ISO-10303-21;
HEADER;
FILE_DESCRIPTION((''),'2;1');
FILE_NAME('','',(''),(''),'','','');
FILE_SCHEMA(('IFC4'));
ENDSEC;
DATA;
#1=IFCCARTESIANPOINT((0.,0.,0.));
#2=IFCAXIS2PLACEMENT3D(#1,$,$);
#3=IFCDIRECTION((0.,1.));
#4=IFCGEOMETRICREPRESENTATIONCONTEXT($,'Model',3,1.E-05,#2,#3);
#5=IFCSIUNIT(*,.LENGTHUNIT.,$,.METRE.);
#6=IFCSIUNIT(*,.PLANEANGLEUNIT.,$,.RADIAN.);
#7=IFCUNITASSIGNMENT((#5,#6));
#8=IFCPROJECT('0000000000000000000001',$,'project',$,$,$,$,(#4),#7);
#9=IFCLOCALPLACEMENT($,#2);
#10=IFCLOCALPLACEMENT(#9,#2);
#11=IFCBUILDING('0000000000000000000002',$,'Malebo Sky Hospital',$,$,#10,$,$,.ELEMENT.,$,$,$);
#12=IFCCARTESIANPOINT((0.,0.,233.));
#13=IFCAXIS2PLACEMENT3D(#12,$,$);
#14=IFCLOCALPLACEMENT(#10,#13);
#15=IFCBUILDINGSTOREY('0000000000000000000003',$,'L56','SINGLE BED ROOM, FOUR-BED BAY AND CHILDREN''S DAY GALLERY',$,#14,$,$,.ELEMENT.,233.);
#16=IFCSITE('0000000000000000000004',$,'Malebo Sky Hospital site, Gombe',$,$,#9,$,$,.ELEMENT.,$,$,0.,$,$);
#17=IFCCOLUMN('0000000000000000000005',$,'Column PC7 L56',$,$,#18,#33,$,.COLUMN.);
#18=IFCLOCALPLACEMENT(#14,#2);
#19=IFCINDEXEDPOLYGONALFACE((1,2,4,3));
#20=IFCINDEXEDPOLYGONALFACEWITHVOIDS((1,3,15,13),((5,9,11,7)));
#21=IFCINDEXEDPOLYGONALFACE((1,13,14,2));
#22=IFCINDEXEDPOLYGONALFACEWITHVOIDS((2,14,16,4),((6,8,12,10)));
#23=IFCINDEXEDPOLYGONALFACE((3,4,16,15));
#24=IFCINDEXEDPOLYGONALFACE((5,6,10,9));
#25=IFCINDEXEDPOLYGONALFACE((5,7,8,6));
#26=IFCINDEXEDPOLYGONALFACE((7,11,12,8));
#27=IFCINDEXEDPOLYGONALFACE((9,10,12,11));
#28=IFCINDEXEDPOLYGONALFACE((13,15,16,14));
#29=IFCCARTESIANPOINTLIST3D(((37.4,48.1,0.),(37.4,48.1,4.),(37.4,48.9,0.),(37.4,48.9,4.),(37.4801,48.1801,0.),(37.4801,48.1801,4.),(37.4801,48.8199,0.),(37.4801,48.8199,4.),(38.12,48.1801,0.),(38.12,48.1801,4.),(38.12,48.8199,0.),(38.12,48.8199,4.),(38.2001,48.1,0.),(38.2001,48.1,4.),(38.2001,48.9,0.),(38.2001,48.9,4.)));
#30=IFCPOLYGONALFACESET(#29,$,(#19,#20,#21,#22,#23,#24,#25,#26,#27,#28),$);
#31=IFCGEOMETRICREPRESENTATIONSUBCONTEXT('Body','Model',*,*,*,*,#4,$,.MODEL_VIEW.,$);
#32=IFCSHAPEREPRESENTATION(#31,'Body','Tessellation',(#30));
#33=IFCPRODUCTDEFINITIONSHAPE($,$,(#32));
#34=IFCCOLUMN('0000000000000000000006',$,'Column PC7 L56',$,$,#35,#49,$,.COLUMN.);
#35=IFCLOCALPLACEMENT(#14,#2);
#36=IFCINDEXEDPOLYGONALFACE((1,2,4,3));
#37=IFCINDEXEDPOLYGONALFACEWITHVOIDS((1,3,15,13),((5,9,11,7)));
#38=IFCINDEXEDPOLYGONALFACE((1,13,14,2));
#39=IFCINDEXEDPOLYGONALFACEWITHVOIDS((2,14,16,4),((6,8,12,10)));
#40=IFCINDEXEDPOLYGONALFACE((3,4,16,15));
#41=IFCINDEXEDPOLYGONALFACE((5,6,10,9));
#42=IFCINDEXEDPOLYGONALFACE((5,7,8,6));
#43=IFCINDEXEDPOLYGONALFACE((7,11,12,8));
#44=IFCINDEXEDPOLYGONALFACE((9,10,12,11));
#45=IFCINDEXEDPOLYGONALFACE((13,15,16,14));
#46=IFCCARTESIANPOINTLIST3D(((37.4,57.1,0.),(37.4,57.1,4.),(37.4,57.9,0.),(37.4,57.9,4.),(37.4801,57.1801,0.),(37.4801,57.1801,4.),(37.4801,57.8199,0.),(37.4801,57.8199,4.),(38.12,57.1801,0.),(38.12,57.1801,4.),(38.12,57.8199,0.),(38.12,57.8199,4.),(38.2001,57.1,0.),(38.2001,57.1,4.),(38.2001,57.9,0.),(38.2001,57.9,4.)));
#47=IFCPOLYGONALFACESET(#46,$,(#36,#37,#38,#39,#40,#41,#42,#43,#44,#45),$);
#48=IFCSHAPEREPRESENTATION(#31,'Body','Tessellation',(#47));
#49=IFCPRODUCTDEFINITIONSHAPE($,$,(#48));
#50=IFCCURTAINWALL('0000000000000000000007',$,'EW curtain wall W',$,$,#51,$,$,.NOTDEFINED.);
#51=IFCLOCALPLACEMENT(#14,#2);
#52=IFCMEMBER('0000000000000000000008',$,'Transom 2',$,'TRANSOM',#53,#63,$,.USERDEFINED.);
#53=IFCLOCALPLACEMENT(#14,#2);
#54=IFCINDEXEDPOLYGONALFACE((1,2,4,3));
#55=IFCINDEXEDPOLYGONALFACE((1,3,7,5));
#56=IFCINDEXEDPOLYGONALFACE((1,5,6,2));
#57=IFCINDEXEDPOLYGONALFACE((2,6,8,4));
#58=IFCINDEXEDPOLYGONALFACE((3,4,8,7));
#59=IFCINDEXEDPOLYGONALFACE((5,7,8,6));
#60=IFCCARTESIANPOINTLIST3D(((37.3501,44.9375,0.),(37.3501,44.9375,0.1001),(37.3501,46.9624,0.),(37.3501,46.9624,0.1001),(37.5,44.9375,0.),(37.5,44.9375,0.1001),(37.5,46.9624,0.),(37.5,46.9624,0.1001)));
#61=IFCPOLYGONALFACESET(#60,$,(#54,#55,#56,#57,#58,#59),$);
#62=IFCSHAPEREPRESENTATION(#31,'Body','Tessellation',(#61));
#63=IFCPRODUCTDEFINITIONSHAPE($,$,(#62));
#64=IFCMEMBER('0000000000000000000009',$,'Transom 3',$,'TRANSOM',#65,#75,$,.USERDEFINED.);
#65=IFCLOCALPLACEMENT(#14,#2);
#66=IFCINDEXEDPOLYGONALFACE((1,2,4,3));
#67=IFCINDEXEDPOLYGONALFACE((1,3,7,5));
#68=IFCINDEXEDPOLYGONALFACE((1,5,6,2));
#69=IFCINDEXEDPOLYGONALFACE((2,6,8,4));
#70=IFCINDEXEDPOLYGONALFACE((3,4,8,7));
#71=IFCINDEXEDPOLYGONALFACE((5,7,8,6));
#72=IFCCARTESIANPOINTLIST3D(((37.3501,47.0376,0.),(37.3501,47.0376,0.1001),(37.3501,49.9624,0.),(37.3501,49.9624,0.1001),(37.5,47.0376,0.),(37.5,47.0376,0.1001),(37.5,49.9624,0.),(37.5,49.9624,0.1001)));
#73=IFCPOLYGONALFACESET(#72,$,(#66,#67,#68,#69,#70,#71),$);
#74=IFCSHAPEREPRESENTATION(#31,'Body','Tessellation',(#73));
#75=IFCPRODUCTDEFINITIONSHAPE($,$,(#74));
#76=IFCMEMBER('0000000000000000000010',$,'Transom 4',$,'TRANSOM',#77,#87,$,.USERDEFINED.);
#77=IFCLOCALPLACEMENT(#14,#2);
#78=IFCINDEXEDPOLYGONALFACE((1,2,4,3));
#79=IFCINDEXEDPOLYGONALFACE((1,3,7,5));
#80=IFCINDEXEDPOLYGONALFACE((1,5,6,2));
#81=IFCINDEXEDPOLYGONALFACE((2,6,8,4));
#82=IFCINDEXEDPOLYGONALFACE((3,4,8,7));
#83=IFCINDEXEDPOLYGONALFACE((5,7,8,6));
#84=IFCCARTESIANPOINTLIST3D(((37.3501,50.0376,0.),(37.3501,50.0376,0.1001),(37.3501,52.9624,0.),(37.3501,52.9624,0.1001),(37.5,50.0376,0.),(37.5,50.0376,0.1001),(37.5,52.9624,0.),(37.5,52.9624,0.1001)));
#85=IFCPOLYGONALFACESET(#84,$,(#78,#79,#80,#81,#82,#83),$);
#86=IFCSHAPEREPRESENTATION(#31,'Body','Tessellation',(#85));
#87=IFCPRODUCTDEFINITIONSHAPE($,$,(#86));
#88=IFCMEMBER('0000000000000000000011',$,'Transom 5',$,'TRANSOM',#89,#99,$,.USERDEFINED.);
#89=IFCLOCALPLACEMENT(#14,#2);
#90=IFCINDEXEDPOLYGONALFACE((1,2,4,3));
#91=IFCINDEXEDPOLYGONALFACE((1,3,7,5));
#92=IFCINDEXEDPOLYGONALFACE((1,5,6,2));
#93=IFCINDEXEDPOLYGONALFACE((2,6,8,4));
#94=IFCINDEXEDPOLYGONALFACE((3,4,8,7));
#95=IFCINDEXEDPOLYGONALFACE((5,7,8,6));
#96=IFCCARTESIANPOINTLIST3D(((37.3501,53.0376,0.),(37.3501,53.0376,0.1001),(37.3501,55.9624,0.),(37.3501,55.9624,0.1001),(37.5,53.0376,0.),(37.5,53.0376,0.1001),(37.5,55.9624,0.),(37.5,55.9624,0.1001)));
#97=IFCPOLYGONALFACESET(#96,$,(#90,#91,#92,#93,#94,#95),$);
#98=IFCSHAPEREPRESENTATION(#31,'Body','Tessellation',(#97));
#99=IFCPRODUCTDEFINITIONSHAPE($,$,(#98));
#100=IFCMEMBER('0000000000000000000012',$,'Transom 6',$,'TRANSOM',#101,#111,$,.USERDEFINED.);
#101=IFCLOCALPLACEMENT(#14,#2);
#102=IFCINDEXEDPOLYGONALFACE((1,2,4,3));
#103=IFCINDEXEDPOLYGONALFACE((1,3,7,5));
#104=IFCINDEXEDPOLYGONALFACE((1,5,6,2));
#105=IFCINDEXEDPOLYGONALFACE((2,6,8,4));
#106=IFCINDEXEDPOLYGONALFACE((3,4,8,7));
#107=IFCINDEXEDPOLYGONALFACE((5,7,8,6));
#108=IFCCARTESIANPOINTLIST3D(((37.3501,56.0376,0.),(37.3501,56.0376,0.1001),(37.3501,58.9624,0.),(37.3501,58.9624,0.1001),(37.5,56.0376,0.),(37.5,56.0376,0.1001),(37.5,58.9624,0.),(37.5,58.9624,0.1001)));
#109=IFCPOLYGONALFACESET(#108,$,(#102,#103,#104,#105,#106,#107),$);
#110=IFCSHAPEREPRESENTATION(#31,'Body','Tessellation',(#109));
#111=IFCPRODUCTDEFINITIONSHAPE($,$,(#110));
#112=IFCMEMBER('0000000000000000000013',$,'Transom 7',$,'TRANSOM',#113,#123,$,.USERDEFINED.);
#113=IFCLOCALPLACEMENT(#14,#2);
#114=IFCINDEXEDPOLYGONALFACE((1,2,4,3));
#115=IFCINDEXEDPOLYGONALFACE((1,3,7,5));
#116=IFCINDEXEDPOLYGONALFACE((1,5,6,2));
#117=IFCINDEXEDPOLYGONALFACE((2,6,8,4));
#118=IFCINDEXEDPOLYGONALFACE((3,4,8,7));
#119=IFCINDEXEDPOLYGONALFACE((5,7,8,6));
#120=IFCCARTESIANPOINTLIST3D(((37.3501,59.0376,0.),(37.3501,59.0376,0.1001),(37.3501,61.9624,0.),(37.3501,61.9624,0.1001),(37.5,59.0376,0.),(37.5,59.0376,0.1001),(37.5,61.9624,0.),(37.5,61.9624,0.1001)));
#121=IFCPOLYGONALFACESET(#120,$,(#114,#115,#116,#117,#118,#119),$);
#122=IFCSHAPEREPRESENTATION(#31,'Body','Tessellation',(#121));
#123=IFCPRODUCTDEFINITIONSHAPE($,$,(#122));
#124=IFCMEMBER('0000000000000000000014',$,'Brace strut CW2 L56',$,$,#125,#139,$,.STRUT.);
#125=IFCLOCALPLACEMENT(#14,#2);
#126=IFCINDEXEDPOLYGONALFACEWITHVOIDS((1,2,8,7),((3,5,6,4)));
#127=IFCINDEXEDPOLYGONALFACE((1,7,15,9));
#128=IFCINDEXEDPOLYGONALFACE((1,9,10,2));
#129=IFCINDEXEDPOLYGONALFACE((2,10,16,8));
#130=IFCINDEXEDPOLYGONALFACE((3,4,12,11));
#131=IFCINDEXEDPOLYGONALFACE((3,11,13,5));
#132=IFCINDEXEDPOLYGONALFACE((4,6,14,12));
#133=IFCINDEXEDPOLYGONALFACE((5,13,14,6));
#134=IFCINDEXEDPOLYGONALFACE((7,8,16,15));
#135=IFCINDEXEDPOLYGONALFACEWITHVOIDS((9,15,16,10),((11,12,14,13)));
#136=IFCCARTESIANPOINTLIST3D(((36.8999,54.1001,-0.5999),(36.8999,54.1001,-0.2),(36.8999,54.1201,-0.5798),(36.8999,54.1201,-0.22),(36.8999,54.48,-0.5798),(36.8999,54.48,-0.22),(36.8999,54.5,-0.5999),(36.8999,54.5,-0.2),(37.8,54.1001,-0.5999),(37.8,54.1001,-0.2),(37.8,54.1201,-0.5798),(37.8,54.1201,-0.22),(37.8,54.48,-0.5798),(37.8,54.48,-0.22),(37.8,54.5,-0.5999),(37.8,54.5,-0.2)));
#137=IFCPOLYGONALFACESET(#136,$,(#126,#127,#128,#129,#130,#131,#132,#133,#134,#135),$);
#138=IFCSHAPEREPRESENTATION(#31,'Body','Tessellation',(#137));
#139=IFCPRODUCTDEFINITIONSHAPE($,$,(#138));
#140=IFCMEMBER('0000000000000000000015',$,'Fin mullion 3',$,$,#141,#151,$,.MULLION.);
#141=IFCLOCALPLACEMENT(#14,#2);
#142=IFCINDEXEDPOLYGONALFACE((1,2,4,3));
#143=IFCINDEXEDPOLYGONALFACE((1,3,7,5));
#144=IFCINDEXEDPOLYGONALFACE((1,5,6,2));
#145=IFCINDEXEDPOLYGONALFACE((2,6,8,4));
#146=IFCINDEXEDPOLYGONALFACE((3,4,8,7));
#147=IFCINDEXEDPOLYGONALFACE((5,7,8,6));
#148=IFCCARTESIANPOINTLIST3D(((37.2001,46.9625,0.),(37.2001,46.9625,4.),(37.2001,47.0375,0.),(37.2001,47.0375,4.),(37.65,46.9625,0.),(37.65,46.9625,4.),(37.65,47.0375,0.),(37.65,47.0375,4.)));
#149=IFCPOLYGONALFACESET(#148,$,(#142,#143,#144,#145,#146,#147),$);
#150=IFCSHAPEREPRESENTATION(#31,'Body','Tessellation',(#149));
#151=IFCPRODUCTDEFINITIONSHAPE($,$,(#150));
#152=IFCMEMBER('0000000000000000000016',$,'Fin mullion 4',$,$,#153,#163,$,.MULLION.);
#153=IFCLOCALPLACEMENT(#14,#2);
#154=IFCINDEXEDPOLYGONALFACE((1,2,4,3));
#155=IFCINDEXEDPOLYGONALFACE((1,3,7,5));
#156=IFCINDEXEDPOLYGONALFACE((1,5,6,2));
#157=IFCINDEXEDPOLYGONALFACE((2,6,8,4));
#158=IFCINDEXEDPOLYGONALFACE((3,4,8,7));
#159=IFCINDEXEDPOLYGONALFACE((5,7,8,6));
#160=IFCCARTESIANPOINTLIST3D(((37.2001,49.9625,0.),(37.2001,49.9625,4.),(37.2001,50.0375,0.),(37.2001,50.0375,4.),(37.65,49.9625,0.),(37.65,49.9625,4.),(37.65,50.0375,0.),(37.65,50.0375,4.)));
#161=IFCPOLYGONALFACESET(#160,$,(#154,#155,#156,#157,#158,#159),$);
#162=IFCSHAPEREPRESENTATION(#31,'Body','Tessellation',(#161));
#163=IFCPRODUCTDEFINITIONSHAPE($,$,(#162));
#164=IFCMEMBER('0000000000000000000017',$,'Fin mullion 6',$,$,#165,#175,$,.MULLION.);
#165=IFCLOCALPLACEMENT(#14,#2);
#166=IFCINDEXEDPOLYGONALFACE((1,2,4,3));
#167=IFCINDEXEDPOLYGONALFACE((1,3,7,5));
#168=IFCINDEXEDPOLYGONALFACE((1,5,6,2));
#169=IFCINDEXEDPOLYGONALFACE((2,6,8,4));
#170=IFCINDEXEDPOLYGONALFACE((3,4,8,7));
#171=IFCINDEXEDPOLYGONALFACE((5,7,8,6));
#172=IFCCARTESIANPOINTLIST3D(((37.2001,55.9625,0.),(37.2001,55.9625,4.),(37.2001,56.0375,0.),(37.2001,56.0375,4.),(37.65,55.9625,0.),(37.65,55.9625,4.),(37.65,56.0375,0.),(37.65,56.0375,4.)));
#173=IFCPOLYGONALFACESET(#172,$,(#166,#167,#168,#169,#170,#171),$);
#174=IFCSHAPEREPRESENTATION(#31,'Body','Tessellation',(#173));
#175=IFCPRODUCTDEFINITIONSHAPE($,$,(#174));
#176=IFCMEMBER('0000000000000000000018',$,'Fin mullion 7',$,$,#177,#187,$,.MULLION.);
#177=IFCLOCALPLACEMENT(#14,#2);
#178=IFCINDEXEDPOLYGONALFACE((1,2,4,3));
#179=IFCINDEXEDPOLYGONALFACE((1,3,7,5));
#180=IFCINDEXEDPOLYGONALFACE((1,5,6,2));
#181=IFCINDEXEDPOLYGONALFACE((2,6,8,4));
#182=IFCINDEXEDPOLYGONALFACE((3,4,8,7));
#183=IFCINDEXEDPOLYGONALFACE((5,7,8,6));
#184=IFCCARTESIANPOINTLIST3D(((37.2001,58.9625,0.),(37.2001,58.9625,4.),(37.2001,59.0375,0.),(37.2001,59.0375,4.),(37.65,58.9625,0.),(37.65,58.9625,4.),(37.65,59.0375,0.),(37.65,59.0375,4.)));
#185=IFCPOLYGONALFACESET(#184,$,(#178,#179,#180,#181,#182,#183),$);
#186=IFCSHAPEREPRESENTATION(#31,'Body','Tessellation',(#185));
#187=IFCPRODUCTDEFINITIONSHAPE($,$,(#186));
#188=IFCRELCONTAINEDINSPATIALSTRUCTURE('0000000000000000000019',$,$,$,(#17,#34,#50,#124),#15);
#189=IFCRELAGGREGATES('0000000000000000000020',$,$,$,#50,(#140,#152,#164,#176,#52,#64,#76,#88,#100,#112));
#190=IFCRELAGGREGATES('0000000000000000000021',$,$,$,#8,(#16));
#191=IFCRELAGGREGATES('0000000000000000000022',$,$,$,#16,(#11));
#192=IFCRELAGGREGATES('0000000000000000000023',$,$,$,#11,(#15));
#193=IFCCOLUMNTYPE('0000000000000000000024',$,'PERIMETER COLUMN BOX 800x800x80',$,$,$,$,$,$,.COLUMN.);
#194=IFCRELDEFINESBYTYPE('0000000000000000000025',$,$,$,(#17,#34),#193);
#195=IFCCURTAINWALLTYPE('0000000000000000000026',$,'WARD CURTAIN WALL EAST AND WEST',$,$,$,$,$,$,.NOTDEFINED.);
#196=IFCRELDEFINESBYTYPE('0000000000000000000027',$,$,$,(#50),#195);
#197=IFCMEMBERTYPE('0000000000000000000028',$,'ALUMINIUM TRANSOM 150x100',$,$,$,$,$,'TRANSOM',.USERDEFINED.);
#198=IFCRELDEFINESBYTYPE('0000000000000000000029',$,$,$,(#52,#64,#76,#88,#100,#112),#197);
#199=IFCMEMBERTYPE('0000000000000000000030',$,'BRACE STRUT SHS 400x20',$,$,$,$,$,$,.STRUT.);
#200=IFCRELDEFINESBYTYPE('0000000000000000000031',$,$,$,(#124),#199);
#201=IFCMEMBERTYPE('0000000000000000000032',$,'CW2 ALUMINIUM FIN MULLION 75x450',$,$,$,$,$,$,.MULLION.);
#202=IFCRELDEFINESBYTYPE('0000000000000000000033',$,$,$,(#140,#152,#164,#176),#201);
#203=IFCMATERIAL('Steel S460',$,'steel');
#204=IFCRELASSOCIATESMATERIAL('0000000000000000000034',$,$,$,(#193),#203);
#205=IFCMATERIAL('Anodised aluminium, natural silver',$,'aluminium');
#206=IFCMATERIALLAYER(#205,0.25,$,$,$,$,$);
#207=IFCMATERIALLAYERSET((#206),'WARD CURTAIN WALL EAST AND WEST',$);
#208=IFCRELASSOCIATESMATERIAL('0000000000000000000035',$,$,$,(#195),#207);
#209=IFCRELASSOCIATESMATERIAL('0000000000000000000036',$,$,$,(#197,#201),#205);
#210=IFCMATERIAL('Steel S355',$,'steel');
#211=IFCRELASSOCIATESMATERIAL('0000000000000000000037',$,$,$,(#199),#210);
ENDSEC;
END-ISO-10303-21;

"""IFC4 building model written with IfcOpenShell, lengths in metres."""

from ifc_helpers import new_model, si_unit, direction, frame, origin, origin_2d, place, context, subcontext, project, spatial, rectangle, hollow_rectangle, extrude, material, layer, layer_set, material_profile, profile_set, type_object, element, aggregate, save


model = new_model("IFC4")

# Units and contexts
model_context = context("Model", 3, precision=1e-05, world=origin(), true_north=direction((0.0, 1.0)))
body_context = subcontext(model_context, "Body", "Model", "MODEL_VIEW")
ifc_project = project(units=[si_unit("LENGTHUNIT", "METRE"), si_unit("PLANEANGLEUNIT", "RADIAN")], contexts=[model_context])

# Site, building, storey
site_placement = place(None, origin())
site = spatial("IfcSite", under=ifc_project, at=site_placement, Name="Malebo Sky Hospital site, Gombe", CompositionType="ELEMENT", RefElevation=0.0)
building_placement = place(site_placement, origin())
building = spatial("IfcBuilding", under=site, at=building_placement, Name="Malebo Sky Hospital", CompositionType="ELEMENT")
storey_placement = place(building_placement, frame((0.0, 0.0, 233.0)))
storey = spatial("IfcBuildingStorey", under=building, at=storey_placement, Name="L56", Description="SINGLE BED ROOM, FOUR-BED BAY AND CHILDREN'S DAY GALLERY", CompositionType="ELEMENT", Elevation=233.0)

# Columns
ifc_material_1 = material(Name="Steel S460", Category="steel")
ifc_material_profile_1 = material_profile(ifc_material_1, hollow_rectangle(XDim=0.8, YDim=0.8, WallThickness=0.0801, at=origin_2d()), Name="BOX 800x800x80")
ifc_profile_set_1 = profile_set([ifc_material_profile_1], Name="Steel S460")
column_type = type_object("IfcColumnType", Name="PERIMETER COLUMN BOX 800x800x80", PredefinedType="COLUMN", material=ifc_profile_set_1)
for number, where, z_axis, x_axis, name in (
    (1, (37.8, 48.5, 0.0), (0.0, 0.0, 1.0), (1.0, 0.0, 0.0), "Column PC7 L56"),
    (2, (37.8, 57.5, 0.0), (0.0, 0.0, 1.0), (1.0, 0.0, 0.0), "Column PC7 L56"),
):
    element("IfcColumn", number, at=place(storey_placement, frame(where, z_axis=z_axis, x_axis=x_axis)), inside=storey, type_object=column_type, Name=name, PredefinedType="COLUMN", context=body_context, shape_type="SweptSolid", body=[
        extrude(hollow_rectangle(XDim=0.8, YDim=0.8, WallThickness=0.0801, at=origin_2d()), origin(), (0.0, 0.0, 1.0), 4.0),
    ])

# Curtain wall, members
ifc_material_2 = material(Name="Anodised aluminium, natural silver", Category="aluminium")
ifc_layer_1 = layer(ifc_material_2, 0.25)
ifc_layer_set_1 = layer_set([ifc_layer_1], Name="WARD CURTAIN WALL EAST AND WEST")
curtain_wall_type = type_object("IfcCurtainWallType", Name="WARD CURTAIN WALL EAST AND WEST", PredefinedType="NOTDEFINED", material=ifc_layer_set_1)
curtain_wall_placement = place(storey_placement, origin())
curtain_wall = element("IfcCurtainWall", 3, at=curtain_wall_placement, inside=storey, type_object=curtain_wall_type, Name="EW curtain wall W", PredefinedType="NOTDEFINED")
ifc_material_profile_2 = material_profile(ifc_material_2, rectangle(XDim=0.1499, YDim=0.1001, at=origin_2d()), Name="ALUMINIUM TRANSOM 150x100")
ifc_profile_set_2 = profile_set([ifc_material_profile_2], Name="Anodised aluminium, natural silver")
member_type_1 = type_object("IfcMemberType", Name="ALUMINIUM TRANSOM 150x100", ElementType="TRANSOM", PredefinedType="USERDEFINED", material=ifc_profile_set_2)
member_1_placement = place(storey_placement, frame((37.425, 44.9375, 0.05), z_axis=(0.0, 1.0, 0.0), x_axis=(-1.0, 0.0, 0.0)))
member_1 = element("IfcMember", 4, at=member_1_placement, type_object=member_type_1, Name="Transom 2", ObjectType="TRANSOM", PredefinedType="USERDEFINED", context=body_context, shape_type="SweptSolid", body=[
    extrude(rectangle(XDim=0.1499, YDim=0.1001, at=origin_2d()), origin(), (0.0, 0.0, 1.0), 2.0249),
])
member_2_placement = place(storey_placement, frame((37.425, 47.0376, 0.05), z_axis=(0.0, 1.0, 0.0), x_axis=(-1.0, 0.0, 0.0)))
member_2 = element("IfcMember", 5, at=member_2_placement, type_object=member_type_1, Name="Transom 3", ObjectType="TRANSOM", PredefinedType="USERDEFINED", context=body_context, shape_type="SweptSolid", body=[
    extrude(rectangle(XDim=0.1499, YDim=0.1001, at=origin_2d()), origin(), (0.0, 0.0, 1.0), 2.9248),
])
member_3_placement = place(storey_placement, frame((37.425, 50.0376, 0.05), z_axis=(0.0, 1.0, 0.0), x_axis=(-1.0, 0.0, 0.0)))
member_3 = element("IfcMember", 6, at=member_3_placement, type_object=member_type_1, Name="Transom 4", ObjectType="TRANSOM", PredefinedType="USERDEFINED", context=body_context, shape_type="SweptSolid", body=[
    extrude(rectangle(XDim=0.1499, YDim=0.1001, at=origin_2d()), origin(), (0.0, 0.0, 1.0), 2.9248),
])
member_4_placement = place(storey_placement, frame((37.425, 53.0376, 0.05), z_axis=(0.0, 1.0, 0.0), x_axis=(-1.0, 0.0, 0.0)))
member_4 = element("IfcMember", 7, at=member_4_placement, type_object=member_type_1, Name="Transom 5", ObjectType="TRANSOM", PredefinedType="USERDEFINED", context=body_context, shape_type="SweptSolid", body=[
    extrude(rectangle(XDim=0.1499, YDim=0.1001, at=origin_2d()), origin(), (0.0, 0.0, 1.0), 2.9248),
])
member_5_placement = place(storey_placement, frame((37.425, 56.0376, 0.05), z_axis=(0.0, 1.0, 0.0), x_axis=(-1.0, 0.0, 0.0)))
member_5 = element("IfcMember", 8, at=member_5_placement, type_object=member_type_1, Name="Transom 6", ObjectType="TRANSOM", PredefinedType="USERDEFINED", context=body_context, shape_type="SweptSolid", body=[
    extrude(rectangle(XDim=0.1499, YDim=0.1001, at=origin_2d()), origin(), (0.0, 0.0, 1.0), 2.9248),
])
member_6_placement = place(storey_placement, frame((37.425, 59.0376, 0.05), z_axis=(0.0, 1.0, 0.0), x_axis=(-1.0, 0.0, 0.0)))
member_6 = element("IfcMember", 9, at=member_6_placement, type_object=member_type_1, Name="Transom 7", ObjectType="TRANSOM", PredefinedType="USERDEFINED", context=body_context, shape_type="SweptSolid", body=[
    extrude(rectangle(XDim=0.1499, YDim=0.1001, at=origin_2d()), origin(), (0.0, 0.0, 1.0), 2.9248),
])

# Members
ifc_material_3 = material(Name="Steel S355", Category="steel")
ifc_material_profile_3 = material_profile(ifc_material_3, hollow_rectangle(XDim=0.3999, YDim=0.3999, WallThickness=0.02, at=origin_2d()), Name="SHS 400x20")
ifc_profile_set_3 = profile_set([ifc_material_profile_3], Name="Steel S355")
member_type_2 = type_object("IfcMemberType", Name="BRACE STRUT SHS 400x20", PredefinedType="STRUT", material=ifc_profile_set_3)
member_7_placement = place(storey_placement, frame((36.8999, 54.3, -0.3999), z_axis=(1.0, 0.0, 0.0), x_axis=(0.0, 1.0, 0.0)))
element("IfcMember", 10, at=member_7_placement, inside=storey, type_object=member_type_2, Name="Brace strut CW2 L56", PredefinedType="STRUT", context=body_context, shape_type="SweptSolid", body=[
    extrude(hollow_rectangle(XDim=0.3999, YDim=0.3999, WallThickness=0.02, at=origin_2d()), origin(), (0.0, 0.0, 1.0), 0.9001),
])
ifc_material_profile_4 = material_profile(ifc_material_2, rectangle(XDim=0.075, YDim=0.45, at=origin_2d()), Name="CW2 ALUMINIUM FIN MULLION 75x450")
ifc_profile_set_4 = profile_set([ifc_material_profile_4], Name="Anodised aluminium, natural silver")
member_type_3 = type_object("IfcMemberType", Name="CW2 ALUMINIUM FIN MULLION 75x450", PredefinedType="MULLION", material=ifc_profile_set_4)
member_8_placement = place(storey_placement, frame((37.425, 47.0, 0.0), z_axis=(0.0, 0.0, 1.0), x_axis=(0.0, 1.0, 0.0)))
member_8 = element("IfcMember", 11, at=member_8_placement, type_object=member_type_3, Name="Fin mullion 3", PredefinedType="MULLION", context=body_context, shape_type="SweptSolid", body=[
    extrude(rectangle(XDim=0.075, YDim=0.45, at=origin_2d()), origin(), (0.0, 0.0, 1.0), 4.0),
])
member_9_placement = place(storey_placement, frame((37.425, 50.0, 0.0), z_axis=(0.0, 0.0, 1.0), x_axis=(0.0, 1.0, 0.0)))
member_9 = element("IfcMember", 12, at=member_9_placement, type_object=member_type_3, Name="Fin mullion 4", PredefinedType="MULLION", context=body_context, shape_type="SweptSolid", body=[
    extrude(rectangle(XDim=0.075, YDim=0.45, at=origin_2d()), origin(), (0.0, 0.0, 1.0), 4.0),
])
member_10_placement = place(storey_placement, frame((37.425, 56.0, 0.0), z_axis=(0.0, 0.0, 1.0), x_axis=(0.0, 1.0, 0.0)))
member_10 = element("IfcMember", 13, at=member_10_placement, type_object=member_type_3, Name="Fin mullion 6", PredefinedType="MULLION", context=body_context, shape_type="SweptSolid", body=[
    extrude(rectangle(XDim=0.075, YDim=0.45, at=origin_2d()), origin(), (0.0, 0.0, 1.0), 4.0),
])
member_11_placement = place(storey_placement, frame((37.425, 59.0, 0.0), z_axis=(0.0, 0.0, 1.0), x_axis=(0.0, 1.0, 0.0)))
member_11 = element("IfcMember", 14, at=member_11_placement, type_object=member_type_3, Name="Fin mullion 7", PredefinedType="MULLION", context=body_context, shape_type="SweptSolid", body=[
    extrude(rectangle(XDim=0.075, YDim=0.45, at=origin_2d()), origin(), (0.0, 0.0, 1.0), 4.0),
])

aggregate(curtain_wall, [member_8, member_9, member_10, member_11, member_1, member_2, member_3, member_4, member_5, member_6])

save(model, "model.ifc")
